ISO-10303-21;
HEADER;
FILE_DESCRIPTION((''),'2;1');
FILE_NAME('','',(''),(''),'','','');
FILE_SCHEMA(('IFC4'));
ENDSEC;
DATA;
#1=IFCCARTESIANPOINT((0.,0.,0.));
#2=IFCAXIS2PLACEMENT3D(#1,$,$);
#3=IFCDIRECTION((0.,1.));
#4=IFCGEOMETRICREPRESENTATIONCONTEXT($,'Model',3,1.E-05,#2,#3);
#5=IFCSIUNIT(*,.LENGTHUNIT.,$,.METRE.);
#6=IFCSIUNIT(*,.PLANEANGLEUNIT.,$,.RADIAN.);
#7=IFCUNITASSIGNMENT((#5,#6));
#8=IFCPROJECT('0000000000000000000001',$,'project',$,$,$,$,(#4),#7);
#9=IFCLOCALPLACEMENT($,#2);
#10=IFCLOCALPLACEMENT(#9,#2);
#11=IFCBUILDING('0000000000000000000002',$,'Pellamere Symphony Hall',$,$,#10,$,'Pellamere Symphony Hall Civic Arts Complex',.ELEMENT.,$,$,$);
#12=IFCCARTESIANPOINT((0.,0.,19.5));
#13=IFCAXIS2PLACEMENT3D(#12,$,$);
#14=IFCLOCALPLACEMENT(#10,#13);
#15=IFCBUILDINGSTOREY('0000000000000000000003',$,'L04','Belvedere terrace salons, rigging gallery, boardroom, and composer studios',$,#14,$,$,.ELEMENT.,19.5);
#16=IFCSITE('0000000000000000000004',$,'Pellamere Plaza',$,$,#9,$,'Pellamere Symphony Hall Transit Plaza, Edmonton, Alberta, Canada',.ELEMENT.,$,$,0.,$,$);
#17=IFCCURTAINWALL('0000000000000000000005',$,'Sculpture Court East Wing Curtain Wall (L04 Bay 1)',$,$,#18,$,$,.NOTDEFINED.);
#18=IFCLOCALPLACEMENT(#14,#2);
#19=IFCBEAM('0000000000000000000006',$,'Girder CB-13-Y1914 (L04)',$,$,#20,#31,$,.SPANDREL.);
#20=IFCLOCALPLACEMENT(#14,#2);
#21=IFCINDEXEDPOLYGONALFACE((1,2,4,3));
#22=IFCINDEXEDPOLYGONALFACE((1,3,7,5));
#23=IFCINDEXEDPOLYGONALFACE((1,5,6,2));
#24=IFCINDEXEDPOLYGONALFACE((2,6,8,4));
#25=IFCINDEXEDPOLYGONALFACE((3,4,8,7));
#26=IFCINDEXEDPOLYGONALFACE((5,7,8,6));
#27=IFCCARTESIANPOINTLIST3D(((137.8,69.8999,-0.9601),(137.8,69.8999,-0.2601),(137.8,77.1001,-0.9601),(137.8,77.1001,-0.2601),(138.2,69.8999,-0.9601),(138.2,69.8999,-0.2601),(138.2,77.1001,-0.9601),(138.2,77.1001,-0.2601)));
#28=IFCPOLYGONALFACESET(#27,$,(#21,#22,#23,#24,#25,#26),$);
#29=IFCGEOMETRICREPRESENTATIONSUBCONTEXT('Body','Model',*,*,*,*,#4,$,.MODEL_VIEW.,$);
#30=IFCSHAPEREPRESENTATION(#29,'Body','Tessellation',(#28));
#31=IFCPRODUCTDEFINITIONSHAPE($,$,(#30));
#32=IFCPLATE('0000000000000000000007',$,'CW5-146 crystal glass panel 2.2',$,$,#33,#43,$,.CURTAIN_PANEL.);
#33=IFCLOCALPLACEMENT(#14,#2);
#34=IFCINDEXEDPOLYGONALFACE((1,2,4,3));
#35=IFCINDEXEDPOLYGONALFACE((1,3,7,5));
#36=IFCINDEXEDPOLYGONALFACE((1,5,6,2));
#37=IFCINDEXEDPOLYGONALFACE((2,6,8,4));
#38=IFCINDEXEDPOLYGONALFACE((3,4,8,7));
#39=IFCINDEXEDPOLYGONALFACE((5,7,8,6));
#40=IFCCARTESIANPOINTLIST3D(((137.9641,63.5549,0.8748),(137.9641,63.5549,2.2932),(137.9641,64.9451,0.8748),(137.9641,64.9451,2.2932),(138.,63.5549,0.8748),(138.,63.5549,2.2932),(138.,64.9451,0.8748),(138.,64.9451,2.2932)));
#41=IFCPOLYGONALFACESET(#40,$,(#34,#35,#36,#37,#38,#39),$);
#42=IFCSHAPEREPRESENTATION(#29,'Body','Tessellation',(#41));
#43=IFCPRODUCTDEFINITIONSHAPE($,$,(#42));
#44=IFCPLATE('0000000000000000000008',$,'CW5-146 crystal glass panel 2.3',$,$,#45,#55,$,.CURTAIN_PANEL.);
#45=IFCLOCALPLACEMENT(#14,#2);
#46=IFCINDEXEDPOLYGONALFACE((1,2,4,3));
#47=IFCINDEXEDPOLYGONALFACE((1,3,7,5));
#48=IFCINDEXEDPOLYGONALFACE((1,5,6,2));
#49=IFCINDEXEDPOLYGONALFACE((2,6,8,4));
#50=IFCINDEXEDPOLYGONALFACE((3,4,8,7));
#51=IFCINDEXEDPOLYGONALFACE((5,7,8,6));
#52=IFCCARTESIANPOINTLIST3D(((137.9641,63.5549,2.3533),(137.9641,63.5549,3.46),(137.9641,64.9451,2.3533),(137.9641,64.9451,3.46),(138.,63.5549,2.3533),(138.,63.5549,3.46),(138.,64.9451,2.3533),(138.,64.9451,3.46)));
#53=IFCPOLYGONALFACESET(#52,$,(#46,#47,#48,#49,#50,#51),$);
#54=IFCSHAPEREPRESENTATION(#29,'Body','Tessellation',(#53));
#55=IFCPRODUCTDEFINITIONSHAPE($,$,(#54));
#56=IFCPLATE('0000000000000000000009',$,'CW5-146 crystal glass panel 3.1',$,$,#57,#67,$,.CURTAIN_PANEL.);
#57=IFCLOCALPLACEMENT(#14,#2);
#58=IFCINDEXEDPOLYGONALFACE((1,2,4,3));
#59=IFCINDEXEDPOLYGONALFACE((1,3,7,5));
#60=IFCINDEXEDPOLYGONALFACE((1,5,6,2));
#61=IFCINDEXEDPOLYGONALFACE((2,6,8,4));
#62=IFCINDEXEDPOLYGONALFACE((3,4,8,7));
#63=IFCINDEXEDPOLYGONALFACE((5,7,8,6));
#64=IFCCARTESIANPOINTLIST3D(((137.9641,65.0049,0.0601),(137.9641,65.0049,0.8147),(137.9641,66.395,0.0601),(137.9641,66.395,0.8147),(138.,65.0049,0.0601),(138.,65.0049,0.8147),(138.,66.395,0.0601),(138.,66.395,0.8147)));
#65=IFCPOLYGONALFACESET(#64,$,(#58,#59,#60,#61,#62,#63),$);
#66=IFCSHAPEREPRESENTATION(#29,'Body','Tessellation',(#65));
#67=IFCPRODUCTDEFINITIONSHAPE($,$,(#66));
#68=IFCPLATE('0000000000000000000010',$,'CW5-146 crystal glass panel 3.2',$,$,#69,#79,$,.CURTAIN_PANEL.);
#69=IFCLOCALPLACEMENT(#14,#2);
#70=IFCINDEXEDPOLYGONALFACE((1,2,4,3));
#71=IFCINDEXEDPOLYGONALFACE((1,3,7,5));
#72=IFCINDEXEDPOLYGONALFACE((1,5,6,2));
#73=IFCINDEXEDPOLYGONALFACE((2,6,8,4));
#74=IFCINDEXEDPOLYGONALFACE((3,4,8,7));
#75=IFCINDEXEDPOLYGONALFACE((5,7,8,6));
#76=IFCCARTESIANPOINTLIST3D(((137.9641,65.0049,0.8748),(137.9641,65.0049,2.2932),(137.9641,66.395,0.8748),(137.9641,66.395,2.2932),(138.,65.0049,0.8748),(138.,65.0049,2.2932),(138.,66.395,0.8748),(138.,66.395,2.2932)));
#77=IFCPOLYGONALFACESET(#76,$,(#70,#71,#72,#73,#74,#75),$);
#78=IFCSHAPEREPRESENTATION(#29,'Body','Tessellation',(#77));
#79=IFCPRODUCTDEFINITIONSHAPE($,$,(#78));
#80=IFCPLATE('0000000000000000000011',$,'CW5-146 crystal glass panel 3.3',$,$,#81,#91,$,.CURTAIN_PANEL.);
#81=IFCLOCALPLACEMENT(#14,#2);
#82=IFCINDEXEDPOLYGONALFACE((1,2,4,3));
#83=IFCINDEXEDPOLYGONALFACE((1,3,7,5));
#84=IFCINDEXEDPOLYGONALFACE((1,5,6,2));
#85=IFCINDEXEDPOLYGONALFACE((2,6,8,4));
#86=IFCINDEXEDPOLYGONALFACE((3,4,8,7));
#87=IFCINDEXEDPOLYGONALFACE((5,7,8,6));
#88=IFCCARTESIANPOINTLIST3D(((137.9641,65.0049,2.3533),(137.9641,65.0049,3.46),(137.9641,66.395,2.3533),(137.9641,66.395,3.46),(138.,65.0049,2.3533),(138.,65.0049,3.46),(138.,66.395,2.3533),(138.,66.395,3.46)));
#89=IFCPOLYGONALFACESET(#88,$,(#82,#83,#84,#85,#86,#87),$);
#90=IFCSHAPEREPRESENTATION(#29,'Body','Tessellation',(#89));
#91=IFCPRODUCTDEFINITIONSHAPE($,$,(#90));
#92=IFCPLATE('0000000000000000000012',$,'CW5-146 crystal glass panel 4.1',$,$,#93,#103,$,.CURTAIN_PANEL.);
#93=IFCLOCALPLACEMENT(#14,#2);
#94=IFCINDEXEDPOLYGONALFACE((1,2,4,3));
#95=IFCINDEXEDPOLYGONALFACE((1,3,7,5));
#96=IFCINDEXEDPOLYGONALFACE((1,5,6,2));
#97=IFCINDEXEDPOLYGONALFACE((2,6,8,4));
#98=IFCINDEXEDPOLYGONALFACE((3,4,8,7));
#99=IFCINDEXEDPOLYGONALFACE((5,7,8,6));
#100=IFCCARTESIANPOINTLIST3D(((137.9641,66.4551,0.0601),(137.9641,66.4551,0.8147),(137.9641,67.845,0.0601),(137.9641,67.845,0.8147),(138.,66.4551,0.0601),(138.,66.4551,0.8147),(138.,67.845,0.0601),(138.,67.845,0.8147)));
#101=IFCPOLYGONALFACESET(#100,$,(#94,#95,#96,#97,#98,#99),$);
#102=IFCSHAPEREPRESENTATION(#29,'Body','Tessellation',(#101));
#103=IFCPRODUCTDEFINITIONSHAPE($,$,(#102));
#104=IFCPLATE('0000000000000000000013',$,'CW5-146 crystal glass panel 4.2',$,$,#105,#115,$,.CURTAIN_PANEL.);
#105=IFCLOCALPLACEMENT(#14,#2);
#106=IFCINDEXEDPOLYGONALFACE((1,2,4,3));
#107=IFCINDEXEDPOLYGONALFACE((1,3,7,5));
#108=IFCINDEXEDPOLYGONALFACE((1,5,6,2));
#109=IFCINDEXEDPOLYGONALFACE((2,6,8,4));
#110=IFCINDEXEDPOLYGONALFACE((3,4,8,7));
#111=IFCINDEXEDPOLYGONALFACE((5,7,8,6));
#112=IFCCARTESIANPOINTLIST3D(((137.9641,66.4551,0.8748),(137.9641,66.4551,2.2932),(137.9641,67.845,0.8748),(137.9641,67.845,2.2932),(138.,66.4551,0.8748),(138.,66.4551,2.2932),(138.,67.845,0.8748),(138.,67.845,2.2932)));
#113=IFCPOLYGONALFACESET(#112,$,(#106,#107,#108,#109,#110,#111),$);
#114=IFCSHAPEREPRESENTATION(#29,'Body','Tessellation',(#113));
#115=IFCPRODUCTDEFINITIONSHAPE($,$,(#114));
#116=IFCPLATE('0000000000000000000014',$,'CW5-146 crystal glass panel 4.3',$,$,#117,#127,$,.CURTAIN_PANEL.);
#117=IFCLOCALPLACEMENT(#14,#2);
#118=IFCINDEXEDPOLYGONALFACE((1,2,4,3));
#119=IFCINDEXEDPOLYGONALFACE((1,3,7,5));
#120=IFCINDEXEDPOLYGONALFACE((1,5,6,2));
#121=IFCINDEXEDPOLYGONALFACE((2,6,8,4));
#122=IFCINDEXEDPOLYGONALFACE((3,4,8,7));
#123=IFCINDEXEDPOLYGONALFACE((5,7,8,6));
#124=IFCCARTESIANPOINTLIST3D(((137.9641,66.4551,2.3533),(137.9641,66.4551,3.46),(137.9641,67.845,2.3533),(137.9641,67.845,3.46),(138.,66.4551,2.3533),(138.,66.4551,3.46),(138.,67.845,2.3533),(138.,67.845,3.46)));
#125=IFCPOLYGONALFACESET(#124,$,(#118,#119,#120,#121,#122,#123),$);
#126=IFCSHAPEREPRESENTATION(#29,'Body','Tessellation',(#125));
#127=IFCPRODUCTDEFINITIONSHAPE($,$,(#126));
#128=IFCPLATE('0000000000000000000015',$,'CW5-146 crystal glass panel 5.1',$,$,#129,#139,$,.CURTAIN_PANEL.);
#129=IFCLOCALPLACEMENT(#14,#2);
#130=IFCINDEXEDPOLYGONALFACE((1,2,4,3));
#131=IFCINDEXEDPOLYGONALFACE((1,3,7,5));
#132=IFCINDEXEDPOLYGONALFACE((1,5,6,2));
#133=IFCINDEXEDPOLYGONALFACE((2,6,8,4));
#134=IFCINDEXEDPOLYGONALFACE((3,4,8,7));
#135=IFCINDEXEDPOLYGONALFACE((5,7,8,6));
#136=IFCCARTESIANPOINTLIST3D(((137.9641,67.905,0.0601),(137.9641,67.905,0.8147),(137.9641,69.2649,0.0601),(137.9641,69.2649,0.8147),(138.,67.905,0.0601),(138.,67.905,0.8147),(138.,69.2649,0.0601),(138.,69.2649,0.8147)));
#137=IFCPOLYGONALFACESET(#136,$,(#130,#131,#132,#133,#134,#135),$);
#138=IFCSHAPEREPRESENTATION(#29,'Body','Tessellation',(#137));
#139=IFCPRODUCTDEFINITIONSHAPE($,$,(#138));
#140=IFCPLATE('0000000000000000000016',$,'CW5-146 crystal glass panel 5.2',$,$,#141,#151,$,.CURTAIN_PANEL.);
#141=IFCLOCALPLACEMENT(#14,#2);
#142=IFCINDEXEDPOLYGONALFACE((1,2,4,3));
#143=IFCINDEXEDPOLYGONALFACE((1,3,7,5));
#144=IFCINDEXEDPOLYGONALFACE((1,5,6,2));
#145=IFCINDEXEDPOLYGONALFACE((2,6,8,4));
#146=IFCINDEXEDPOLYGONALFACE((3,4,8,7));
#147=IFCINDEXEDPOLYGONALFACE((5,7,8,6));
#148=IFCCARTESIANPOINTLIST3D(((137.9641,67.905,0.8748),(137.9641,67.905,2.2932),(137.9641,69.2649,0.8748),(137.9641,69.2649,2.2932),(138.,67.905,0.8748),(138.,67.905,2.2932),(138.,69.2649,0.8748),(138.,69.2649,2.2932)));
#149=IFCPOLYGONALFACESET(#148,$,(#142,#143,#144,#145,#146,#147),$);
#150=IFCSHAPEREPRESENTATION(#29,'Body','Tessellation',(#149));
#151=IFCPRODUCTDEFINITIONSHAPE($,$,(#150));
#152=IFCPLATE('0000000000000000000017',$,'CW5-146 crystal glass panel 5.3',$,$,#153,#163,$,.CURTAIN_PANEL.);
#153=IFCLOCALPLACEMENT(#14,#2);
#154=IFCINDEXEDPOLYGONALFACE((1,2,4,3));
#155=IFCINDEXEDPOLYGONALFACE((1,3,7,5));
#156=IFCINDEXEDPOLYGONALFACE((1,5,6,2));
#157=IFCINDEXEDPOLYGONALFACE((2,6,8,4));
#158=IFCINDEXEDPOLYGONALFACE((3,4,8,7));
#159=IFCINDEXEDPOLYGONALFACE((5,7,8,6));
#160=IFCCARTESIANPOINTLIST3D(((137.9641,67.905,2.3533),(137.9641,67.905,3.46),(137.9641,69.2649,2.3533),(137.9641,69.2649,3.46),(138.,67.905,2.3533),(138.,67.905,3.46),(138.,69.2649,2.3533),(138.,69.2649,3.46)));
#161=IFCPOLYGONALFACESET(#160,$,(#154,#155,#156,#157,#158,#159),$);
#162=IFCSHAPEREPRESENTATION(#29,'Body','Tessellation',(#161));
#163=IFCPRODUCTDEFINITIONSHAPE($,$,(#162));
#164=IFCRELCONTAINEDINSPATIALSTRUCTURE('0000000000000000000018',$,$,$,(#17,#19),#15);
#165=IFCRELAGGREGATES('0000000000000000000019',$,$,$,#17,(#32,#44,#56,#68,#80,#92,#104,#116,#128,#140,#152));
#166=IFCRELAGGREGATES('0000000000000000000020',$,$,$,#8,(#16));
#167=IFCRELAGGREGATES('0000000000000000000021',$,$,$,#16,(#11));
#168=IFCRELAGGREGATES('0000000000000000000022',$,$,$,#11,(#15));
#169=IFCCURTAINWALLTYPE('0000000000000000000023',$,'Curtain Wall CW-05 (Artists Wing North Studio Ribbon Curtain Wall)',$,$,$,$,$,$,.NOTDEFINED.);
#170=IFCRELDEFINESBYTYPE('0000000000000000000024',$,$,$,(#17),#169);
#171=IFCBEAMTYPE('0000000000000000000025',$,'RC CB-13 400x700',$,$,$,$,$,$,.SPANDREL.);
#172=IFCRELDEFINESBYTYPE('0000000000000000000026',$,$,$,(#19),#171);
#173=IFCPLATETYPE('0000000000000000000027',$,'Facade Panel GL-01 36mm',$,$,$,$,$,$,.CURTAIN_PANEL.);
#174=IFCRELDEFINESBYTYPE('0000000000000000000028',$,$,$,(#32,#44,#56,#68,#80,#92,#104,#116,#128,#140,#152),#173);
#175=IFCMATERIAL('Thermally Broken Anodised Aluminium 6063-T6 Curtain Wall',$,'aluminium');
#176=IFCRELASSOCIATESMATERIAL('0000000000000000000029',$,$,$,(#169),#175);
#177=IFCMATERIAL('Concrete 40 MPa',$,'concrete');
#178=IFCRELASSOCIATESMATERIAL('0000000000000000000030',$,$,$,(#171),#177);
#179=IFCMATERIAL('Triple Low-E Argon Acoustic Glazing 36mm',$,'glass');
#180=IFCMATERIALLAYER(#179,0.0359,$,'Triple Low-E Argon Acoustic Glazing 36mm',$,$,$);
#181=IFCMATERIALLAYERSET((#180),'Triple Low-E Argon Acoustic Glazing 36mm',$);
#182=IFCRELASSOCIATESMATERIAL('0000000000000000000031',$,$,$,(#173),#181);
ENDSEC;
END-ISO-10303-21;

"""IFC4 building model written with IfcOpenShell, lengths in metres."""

from ifc_helpers import new_model, si_unit, direction, frame, origin, origin_2d, place, context, subcontext, project, spatial, polyline, rectangle, outline, extrude, material, layer, layer_set, material_profile, profile_set, type_object, element, aggregate, save


model = new_model("IFC4")

# Units and contexts
model_context = context("Model", 3, precision=1e-05, world=origin(), true_north=direction((0.0, 1.0)))
body_context = subcontext(model_context, "Body", "Model", "MODEL_VIEW")
ifc_project = project(units=[si_unit("LENGTHUNIT", "METRE"), si_unit("PLANEANGLEUNIT", "RADIAN")], contexts=[model_context])

# Site, building, storey
site_placement = place(None, origin())
site = spatial("IfcSite", under=ifc_project, at=site_placement, Name="Pellamere Plaza", LongName="Pellamere Symphony Hall Transit Plaza, Edmonton, Alberta, Canada", CompositionType="ELEMENT", RefElevation=0.0)
building_placement = place(site_placement, origin())
building = spatial("IfcBuilding", under=site, at=building_placement, Name="Pellamere Symphony Hall", LongName="Pellamere Symphony Hall Civic Arts Complex", CompositionType="ELEMENT")
storey_placement = place(building_placement, frame((0.0, 0.0, 19.5)))
storey = spatial("IfcBuildingStorey", under=building, at=storey_placement, Name="L04", Description="Belvedere terrace salons, rigging gallery, boardroom, and composer studios", CompositionType="ELEMENT", Elevation=19.5)

# Curtain wall
ifc_material_1 = material(Name="Thermally Broken Anodised Aluminium 6063-T6 Curtain Wall", Category="aluminium")
curtain_wall_type_1 = type_object("IfcCurtainWallType", Name="Curtain Wall CW-05 (Artists Wing North Studio Ribbon Curtain Wall)", PredefinedType="NOTDEFINED", material=ifc_material_1)
curtain_wall_1_placement = place(storey_placement, origin())
curtain_wall_1 = element("IfcCurtainWall", 1, at=curtain_wall_1_placement, inside=storey, type_object=curtain_wall_type_1, Name="Sculpture Court East Wing Curtain Wall (L04 Bay 1)", PredefinedType="NOTDEFINED")

# Beam
ifc_material_2 = material(Name="Concrete 40 MPa", Category="concrete")
ifc_material_profile_1 = material_profile(ifc_material_2, rectangle(XDim=0.3999, YDim=0.7, at=origin_2d()), Name="RC 400x700")
ifc_profile_set_1 = profile_set([ifc_material_profile_1], Name="Concrete 40 MPa")
beam_type = type_object("IfcBeamType", Name="RC CB-13 400x700", PredefinedType="SPANDREL", material=ifc_profile_set_1)
beam_placement = place(storey_placement, frame((138.0, 69.8999, -0.6101), z_axis=(0.0, 1.0, 0.0), x_axis=(-1.0, 0.0, 0.0)))
element("IfcBeam", 2, at=beam_placement, inside=storey, type_object=beam_type, Name="Girder CB-13-Y1914 (L04)", PredefinedType="SPANDREL", context=body_context, shape_type="SweptSolid", body=[
    extrude(rectangle(XDim=0.3999, YDim=0.7, at=origin_2d()), origin(), (0.0, 0.0, 1.0), 7.2002),
])

# Plates
ifc_material_3 = material(Name="Triple Low-E Argon Acoustic Glazing 36mm", Category="glass")
ifc_layer = layer(ifc_material_3, 0.0359, Name="Triple Low-E Argon Acoustic Glazing 36mm")
ifc_layer_set = layer_set([ifc_layer], Name="Triple Low-E Argon Acoustic Glazing 36mm")
plate_type = type_object("IfcPlateType", Name="Facade Panel GL-01 36mm", PredefinedType="CURTAIN_PANEL", material=ifc_layer_set)
plate_1_placement = place(storey_placement, frame((138.0, 63.5549, 0.8748), z_axis=(1.0, 0.0, 0.0), x_axis=(0.0, 1.0, 0.0)))
plate_1 = element("IfcPlate", 3, at=plate_1_placement, type_object=plate_type, Name="CW5-146 crystal glass panel 2.2", PredefinedType="CURTAIN_PANEL", context=body_context, shape_type="SweptSolid", body=[
    extrude(outline(polyline([(0.0, 0.0), (1.3901, 0.0), (1.3901, 1.4185), (0.0, 1.4185), (0.0, 0.0)])), origin(), (0.0, 0.0, -1.0), 0.0359),
])
plate_2_placement = place(storey_placement, frame((138.0, 63.5549, 2.3533), z_axis=(1.0, 0.0, 0.0), x_axis=(0.0, 1.0, 0.0)))
plate_2 = element("IfcPlate", 4, at=plate_2_placement, type_object=plate_type, Name="CW5-146 crystal glass panel 2.3", PredefinedType="CURTAIN_PANEL", context=body_context, shape_type="SweptSolid", body=[
    extrude(outline(polyline([(0.0, 0.0), (1.3901, 0.0), (1.3901, 1.1067), (0.0, 1.1067), (0.0, 0.0)])), origin(), (0.0, 0.0, -1.0), 0.0359),
])
plate_3_placement = place(storey_placement, frame((138.0, 65.0049, 0.0601), z_axis=(1.0, 0.0, 0.0), x_axis=(0.0, 1.0, 0.0)))
plate_3 = element("IfcPlate", 5, at=plate_3_placement, type_object=plate_type, Name="CW5-146 crystal glass panel 3.1", PredefinedType="CURTAIN_PANEL", context=body_context, shape_type="SweptSolid", body=[
    extrude(outline(polyline([(0.0, 0.0), (1.3901, 0.0), (1.3901, 0.7546), (0.0, 0.7546), (0.0, 0.0)])), origin(), (0.0, 0.0, -1.0), 0.0359),
])
plate_4_placement = place(storey_placement, frame((138.0, 65.0049, 0.8748), z_axis=(1.0, 0.0, 0.0), x_axis=(0.0, 1.0, 0.0)))
plate_4 = element("IfcPlate", 6, at=plate_4_placement, type_object=plate_type, Name="CW5-146 crystal glass panel 3.2", PredefinedType="CURTAIN_PANEL", context=body_context, shape_type="SweptSolid", body=[
    extrude(outline(polyline([(0.0, 0.0), (1.3901, 0.0), (1.3901, 1.4185), (0.0, 1.4185), (0.0, 0.0)])), origin(), (0.0, 0.0, -1.0), 0.0359),
])
plate_5_placement = place(storey_placement, frame((138.0, 65.0049, 2.3533), z_axis=(1.0, 0.0, 0.0), x_axis=(0.0, 1.0, 0.0)))
plate_5 = element("IfcPlate", 7, at=plate_5_placement, type_object=plate_type, Name="CW5-146 crystal glass panel 3.3", PredefinedType="CURTAIN_PANEL", context=body_context, shape_type="SweptSolid", body=[
    extrude(outline(polyline([(0.0, 0.0), (1.3901, 0.0), (1.3901, 1.1067), (0.0, 1.1067), (0.0, 0.0)])), origin(), (0.0, 0.0, -1.0), 0.0359),
])
plate_6_placement = place(storey_placement, frame((138.0, 66.4551, 0.0601), z_axis=(1.0, 0.0, 0.0), x_axis=(0.0, 1.0, 0.0)))
plate_6 = element("IfcPlate", 8, at=plate_6_placement, type_object=plate_type, Name="CW5-146 crystal glass panel 4.1", PredefinedType="CURTAIN_PANEL", context=body_context, shape_type="SweptSolid", body=[
    extrude(outline(polyline([(0.0, 0.0), (1.3899, 0.0), (1.3899, 0.7546), (0.0, 0.7546), (0.0, 0.0)])), origin(), (0.0, 0.0, -1.0), 0.0359),
])
plate_7_placement = place(storey_placement, frame((138.0, 66.4551, 0.8748), z_axis=(1.0, 0.0, 0.0), x_axis=(0.0, 1.0, 0.0)))
plate_7 = element("IfcPlate", 9, at=plate_7_placement, type_object=plate_type, Name="CW5-146 crystal glass panel 4.2", PredefinedType="CURTAIN_PANEL", context=body_context, shape_type="SweptSolid", body=[
    extrude(outline(polyline([(0.0, 0.0), (1.3899, 0.0), (1.3899, 1.4185), (0.0, 1.4185), (0.0, 0.0)])), origin(), (0.0, 0.0, -1.0), 0.0359),
])
plate_8_placement = place(storey_placement, frame((138.0, 66.4551, 2.3533), z_axis=(1.0, 0.0, 0.0), x_axis=(0.0, 1.0, 0.0)))
plate_8 = element("IfcPlate", 10, at=plate_8_placement, type_object=plate_type, Name="CW5-146 crystal glass panel 4.3", PredefinedType="CURTAIN_PANEL", context=body_context, shape_type="SweptSolid", body=[
    extrude(outline(polyline([(0.0, 0.0), (1.3899, 0.0), (1.3899, 1.1067), (0.0, 1.1067), (0.0, 0.0)])), origin(), (0.0, 0.0, -1.0), 0.0359),
])
plate_9_placement = place(storey_placement, frame((138.0, 67.905, 0.0601), z_axis=(1.0, 0.0, 0.0), x_axis=(0.0, 1.0, 0.0)))
plate_9 = element("IfcPlate", 11, at=plate_9_placement, type_object=plate_type, Name="CW5-146 crystal glass panel 5.1", PredefinedType="CURTAIN_PANEL", context=body_context, shape_type="SweptSolid", body=[
    extrude(outline(polyline([(0.0, 0.0), (1.3599, 0.0), (1.3599, 0.7546), (0.0, 0.7546), (0.0, 0.0)])), origin(), (0.0, 0.0, -1.0), 0.0359),
])
plate_10_placement = place(storey_placement, frame((138.0, 67.905, 0.8748), z_axis=(1.0, 0.0, 0.0), x_axis=(0.0, 1.0, 0.0)))
plate_10 = element("IfcPlate", 12, at=plate_10_placement, type_object=plate_type, Name="CW5-146 crystal glass panel 5.2", PredefinedType="CURTAIN_PANEL", context=body_context, shape_type="SweptSolid", body=[
    extrude(outline(polyline([(0.0, 0.0), (1.3599, 0.0), (1.3599, 1.4185), (0.0, 1.4185), (0.0, 0.0)])), origin(), (0.0, 0.0, -1.0), 0.0359),
])
plate_11_placement = place(storey_placement, frame((138.0, 67.905, 2.3533), z_axis=(1.0, 0.0, 0.0), x_axis=(0.0, 1.0, 0.0)))
plate_11 = element("IfcPlate", 13, at=plate_11_placement, type_object=plate_type, Name="CW5-146 crystal glass panel 5.3", PredefinedType="CURTAIN_PANEL", context=body_context, shape_type="SweptSolid", body=[
    extrude(outline(polyline([(0.0, 0.0), (1.3599, 0.0), (1.3599, 1.1067), (0.0, 1.1067), (0.0, 0.0)])), origin(), (0.0, 0.0, -1.0), 0.0359),
])
aggregate(curtain_wall_1, [plate_1, plate_2, plate_3, plate_4, plate_5, plate_6, plate_7, plate_8, plate_9, plate_10, plate_11])

save(model, "model.ifc")
